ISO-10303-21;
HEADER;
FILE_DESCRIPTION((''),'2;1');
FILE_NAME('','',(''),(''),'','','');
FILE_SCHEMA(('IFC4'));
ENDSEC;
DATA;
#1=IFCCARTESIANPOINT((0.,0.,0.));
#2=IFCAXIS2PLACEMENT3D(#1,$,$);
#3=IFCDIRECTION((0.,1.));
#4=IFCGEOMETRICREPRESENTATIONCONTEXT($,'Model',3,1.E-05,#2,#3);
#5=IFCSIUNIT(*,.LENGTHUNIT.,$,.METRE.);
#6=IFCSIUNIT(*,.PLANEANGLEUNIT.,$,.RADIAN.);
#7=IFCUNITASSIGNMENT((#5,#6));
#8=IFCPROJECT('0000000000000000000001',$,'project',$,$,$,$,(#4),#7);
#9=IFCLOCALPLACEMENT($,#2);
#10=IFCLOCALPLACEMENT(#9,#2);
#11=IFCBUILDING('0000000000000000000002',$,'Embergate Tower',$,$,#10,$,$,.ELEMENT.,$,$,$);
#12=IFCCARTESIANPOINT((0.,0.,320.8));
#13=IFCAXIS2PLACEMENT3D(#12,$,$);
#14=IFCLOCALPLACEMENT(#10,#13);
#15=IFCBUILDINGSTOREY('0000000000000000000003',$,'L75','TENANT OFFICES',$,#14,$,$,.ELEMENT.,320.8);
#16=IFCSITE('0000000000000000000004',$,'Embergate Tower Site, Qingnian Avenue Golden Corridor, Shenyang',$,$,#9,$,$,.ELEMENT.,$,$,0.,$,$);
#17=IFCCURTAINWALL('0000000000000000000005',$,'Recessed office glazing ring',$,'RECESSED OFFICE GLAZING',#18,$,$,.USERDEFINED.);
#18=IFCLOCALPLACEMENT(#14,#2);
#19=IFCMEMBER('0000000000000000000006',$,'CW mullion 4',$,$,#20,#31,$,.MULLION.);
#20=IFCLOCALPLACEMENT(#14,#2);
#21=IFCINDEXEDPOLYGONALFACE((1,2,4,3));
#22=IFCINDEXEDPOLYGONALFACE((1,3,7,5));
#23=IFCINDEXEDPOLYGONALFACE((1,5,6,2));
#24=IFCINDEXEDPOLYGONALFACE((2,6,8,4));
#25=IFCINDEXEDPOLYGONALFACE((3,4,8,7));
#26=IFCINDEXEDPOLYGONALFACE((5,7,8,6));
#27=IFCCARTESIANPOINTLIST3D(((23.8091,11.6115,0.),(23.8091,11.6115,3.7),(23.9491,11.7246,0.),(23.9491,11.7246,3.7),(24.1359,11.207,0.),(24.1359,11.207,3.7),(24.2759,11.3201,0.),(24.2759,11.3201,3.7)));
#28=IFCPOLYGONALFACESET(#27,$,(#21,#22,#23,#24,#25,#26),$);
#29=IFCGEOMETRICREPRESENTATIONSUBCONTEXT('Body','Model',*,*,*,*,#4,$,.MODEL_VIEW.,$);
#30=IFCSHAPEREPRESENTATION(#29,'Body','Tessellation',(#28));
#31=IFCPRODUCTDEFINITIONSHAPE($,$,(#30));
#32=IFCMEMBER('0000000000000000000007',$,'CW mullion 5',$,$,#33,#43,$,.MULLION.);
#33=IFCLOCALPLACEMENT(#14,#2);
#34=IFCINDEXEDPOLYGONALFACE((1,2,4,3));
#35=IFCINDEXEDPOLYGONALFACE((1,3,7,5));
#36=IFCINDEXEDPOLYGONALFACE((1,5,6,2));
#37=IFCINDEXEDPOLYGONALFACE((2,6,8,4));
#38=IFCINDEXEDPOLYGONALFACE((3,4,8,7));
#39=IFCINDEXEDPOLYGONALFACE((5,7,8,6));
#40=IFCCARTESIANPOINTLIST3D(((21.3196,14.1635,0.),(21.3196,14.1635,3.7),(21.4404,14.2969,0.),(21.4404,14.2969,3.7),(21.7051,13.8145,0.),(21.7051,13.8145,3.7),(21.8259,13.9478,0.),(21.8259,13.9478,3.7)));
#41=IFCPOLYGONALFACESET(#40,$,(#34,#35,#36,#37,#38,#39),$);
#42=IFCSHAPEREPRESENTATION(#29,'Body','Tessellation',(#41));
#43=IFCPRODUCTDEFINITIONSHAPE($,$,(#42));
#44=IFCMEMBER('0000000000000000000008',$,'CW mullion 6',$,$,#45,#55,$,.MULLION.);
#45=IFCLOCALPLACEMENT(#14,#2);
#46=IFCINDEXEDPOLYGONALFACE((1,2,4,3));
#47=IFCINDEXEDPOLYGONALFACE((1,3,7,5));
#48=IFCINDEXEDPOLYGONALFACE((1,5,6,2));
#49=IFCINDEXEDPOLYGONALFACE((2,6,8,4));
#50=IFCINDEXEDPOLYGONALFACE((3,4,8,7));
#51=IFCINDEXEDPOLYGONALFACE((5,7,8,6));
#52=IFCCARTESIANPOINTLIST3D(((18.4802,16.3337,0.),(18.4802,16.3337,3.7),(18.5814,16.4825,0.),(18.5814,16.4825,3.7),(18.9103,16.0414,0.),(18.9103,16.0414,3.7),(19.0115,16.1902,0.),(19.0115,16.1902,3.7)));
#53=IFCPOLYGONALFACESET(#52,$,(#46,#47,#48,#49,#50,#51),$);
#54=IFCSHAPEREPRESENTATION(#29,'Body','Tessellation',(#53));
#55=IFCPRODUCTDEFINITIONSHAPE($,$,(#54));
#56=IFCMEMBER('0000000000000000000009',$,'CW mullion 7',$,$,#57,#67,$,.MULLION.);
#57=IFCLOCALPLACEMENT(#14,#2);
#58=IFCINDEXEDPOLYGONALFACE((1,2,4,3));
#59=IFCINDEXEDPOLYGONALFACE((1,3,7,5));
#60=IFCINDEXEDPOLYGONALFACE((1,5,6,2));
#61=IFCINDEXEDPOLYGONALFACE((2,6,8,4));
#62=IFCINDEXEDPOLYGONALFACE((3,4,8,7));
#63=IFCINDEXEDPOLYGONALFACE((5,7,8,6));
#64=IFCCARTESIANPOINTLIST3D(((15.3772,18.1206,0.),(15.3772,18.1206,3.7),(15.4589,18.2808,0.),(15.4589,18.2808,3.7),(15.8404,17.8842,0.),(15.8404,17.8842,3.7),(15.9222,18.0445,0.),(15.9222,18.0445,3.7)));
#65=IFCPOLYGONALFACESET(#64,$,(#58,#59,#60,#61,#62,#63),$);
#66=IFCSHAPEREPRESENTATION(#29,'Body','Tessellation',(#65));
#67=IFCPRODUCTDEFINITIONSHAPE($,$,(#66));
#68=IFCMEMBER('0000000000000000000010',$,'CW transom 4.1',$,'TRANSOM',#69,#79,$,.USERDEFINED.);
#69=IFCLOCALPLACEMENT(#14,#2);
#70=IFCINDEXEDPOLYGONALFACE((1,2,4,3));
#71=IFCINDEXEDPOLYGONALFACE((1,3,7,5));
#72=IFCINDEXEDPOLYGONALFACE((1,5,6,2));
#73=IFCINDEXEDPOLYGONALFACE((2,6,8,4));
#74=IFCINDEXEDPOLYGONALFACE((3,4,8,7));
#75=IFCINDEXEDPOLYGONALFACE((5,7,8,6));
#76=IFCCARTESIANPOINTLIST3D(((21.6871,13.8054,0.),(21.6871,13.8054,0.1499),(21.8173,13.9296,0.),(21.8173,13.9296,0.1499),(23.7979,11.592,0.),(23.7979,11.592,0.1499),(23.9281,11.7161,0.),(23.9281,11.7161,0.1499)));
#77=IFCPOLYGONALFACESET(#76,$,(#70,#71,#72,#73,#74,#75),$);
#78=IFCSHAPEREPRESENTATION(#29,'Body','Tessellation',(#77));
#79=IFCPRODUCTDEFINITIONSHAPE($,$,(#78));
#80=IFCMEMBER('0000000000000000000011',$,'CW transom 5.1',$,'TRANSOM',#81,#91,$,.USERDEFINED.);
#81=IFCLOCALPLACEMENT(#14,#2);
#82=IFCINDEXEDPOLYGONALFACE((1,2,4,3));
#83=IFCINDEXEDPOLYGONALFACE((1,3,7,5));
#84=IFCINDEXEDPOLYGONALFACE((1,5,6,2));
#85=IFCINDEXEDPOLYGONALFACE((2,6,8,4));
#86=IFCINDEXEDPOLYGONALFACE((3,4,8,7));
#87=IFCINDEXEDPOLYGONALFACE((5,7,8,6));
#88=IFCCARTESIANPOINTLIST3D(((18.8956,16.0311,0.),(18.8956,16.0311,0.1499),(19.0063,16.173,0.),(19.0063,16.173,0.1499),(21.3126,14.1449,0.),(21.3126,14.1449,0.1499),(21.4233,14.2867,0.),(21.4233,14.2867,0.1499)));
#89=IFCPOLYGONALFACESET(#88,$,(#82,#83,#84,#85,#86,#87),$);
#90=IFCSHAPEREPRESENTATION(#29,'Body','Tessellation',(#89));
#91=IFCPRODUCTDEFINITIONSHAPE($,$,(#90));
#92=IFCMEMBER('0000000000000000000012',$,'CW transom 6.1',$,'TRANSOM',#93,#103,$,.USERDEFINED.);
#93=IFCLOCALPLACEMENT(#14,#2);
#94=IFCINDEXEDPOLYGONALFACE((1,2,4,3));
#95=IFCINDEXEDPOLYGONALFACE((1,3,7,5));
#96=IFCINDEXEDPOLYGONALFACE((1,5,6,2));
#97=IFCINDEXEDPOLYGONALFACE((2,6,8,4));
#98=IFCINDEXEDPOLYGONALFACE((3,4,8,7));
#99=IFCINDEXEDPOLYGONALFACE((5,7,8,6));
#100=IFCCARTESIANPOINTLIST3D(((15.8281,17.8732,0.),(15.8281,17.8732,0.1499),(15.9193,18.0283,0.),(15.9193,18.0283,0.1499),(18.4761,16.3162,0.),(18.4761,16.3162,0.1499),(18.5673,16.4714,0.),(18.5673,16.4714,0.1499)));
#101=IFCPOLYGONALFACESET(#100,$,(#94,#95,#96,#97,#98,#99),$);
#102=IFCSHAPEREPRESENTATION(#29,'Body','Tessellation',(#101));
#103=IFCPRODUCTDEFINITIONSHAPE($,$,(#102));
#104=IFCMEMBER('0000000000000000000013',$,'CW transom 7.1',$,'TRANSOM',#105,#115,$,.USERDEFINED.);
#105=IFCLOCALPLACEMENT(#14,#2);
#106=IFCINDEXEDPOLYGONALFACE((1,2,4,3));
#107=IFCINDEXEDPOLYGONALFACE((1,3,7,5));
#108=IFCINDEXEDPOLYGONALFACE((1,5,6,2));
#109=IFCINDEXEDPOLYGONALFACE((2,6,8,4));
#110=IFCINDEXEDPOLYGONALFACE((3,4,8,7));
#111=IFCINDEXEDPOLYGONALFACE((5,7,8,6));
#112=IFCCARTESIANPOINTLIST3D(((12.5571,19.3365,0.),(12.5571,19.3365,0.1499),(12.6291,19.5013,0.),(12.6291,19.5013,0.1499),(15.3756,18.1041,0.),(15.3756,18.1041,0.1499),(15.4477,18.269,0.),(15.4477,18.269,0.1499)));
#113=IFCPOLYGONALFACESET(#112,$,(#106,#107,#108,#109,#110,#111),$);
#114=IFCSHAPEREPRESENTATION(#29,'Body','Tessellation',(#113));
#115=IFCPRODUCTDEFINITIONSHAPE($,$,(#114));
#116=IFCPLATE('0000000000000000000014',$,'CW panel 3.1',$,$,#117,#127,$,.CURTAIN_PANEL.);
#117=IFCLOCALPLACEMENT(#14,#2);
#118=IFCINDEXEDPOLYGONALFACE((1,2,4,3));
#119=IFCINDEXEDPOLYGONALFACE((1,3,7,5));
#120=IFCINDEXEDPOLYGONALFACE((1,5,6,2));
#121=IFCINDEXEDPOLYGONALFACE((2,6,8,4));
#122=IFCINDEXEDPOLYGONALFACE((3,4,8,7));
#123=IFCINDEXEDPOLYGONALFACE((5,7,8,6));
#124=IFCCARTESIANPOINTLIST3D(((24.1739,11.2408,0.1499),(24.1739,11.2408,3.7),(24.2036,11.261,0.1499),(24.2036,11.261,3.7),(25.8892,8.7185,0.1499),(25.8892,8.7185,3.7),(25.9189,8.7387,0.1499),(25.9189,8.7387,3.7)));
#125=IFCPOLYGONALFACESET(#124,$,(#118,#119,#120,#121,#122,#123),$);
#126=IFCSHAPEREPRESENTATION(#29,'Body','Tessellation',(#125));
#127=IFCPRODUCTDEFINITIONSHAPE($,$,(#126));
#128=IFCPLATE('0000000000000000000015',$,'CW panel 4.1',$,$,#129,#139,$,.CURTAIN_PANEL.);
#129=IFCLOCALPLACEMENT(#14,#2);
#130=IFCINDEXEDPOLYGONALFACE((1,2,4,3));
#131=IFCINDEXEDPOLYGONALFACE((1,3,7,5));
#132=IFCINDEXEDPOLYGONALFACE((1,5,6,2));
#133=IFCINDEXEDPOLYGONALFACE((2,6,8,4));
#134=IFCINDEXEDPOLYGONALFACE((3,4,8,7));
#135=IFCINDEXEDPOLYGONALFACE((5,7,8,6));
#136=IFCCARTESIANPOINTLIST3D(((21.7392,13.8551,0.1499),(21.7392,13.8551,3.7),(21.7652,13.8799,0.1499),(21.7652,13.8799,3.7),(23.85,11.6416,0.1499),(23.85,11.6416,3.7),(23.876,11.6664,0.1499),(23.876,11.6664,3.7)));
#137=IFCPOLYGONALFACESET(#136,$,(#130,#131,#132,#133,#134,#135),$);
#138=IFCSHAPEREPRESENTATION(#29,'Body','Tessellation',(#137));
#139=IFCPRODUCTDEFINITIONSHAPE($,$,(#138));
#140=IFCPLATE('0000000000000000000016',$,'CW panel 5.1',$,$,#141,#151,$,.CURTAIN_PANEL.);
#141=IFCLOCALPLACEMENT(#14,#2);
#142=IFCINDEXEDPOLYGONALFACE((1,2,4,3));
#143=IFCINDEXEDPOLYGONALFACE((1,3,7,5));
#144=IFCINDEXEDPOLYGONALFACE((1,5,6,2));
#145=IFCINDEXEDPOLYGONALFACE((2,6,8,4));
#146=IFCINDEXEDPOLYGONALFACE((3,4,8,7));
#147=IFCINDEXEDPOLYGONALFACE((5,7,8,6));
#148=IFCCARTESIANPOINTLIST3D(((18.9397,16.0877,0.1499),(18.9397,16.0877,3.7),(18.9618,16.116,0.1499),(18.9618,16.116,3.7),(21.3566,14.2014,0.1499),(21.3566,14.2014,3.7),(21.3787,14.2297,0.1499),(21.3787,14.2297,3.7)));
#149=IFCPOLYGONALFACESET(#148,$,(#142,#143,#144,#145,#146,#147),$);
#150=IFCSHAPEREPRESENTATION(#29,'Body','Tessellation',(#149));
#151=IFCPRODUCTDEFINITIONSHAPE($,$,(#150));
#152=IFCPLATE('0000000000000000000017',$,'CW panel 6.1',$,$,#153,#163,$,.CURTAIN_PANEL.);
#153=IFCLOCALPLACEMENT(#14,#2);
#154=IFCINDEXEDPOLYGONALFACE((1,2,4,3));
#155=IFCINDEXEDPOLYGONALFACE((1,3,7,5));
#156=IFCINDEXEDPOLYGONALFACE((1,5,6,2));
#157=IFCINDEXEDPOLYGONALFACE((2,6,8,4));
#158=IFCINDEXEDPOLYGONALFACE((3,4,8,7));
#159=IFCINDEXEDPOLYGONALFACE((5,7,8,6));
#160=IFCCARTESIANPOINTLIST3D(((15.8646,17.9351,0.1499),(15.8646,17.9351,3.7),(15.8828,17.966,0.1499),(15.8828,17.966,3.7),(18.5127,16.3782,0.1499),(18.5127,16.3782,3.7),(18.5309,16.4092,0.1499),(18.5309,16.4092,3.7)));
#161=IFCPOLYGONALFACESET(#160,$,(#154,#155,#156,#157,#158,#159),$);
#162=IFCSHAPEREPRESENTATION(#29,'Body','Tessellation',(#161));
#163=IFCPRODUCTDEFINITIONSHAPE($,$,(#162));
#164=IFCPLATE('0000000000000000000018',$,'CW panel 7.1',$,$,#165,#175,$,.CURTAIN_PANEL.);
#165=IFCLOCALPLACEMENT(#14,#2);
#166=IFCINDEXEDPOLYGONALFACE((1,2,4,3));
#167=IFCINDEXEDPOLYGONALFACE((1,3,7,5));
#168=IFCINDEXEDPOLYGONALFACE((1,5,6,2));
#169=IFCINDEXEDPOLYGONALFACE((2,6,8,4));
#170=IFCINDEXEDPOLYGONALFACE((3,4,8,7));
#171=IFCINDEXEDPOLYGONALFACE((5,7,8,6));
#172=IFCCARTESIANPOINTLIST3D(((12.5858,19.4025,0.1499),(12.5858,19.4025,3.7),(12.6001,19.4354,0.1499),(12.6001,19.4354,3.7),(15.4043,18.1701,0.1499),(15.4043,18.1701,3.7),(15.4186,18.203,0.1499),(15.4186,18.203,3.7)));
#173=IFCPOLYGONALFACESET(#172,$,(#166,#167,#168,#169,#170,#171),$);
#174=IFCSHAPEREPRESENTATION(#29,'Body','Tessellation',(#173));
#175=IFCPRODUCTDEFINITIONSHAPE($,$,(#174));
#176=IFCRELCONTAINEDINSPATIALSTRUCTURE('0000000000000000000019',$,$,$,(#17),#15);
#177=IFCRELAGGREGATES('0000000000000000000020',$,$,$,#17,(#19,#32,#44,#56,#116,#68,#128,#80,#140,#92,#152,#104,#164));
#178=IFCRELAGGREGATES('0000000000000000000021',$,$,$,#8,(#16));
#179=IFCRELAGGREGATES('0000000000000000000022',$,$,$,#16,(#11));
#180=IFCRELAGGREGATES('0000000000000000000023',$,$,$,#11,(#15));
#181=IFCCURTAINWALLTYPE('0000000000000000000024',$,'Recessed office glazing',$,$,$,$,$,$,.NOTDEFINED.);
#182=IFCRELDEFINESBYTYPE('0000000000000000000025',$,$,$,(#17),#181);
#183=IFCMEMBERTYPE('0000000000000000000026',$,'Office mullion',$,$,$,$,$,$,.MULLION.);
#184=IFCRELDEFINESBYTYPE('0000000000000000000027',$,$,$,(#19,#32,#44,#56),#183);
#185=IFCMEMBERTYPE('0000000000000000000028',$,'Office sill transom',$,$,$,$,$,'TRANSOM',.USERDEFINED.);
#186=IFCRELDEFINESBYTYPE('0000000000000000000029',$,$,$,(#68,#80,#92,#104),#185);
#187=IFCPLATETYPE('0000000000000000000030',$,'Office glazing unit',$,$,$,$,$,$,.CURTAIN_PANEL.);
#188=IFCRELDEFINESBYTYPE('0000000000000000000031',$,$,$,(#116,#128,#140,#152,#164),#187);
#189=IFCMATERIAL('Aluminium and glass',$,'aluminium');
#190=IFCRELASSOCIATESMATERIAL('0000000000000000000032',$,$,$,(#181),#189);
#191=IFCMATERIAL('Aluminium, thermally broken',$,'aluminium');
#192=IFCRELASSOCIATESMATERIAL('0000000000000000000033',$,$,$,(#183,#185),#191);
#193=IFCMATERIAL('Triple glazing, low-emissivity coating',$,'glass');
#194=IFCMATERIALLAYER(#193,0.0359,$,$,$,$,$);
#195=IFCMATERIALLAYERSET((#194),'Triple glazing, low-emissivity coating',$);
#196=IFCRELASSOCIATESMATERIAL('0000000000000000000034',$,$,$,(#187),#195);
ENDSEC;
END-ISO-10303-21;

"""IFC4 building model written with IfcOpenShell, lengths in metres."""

from ifc_helpers import new_model, si_unit, direction, frame, origin, origin_2d, place, context, subcontext, project, spatial, rectangle, extrude, source, transform, mapped, material, layer, layer_set, material_profile, profile_set, type_object, element, aggregate, save


model = new_model("IFC4")

# Units and contexts
model_context = context("Model", 3, precision=1e-05, world=origin(), true_north=direction((0.0, 1.0)))
body_context = subcontext(model_context, "Body", "Model", "MODEL_VIEW")
ifc_project = project(units=[si_unit("LENGTHUNIT", "METRE"), si_unit("PLANEANGLEUNIT", "RADIAN")], contexts=[model_context])

# Site, building, storey
site_placement = place(None, origin())
site = spatial("IfcSite", under=ifc_project, at=site_placement, Name="Embergate Tower Site, Qingnian Avenue Golden Corridor, Shenyang", CompositionType="ELEMENT", RefElevation=0.0)
building_placement = place(site_placement, origin())
building = spatial("IfcBuilding", under=site, at=building_placement, Name="Embergate Tower", CompositionType="ELEMENT")
storey_placement = place(building_placement, frame((0.0, 0.0, 320.8)))
storey = spatial("IfcBuildingStorey", under=building, at=storey_placement, Name="L75", Description="TENANT OFFICES", CompositionType="ELEMENT", Elevation=320.8)

# Curtain wall, members, plates
ifc_material_1 = material(Name="Aluminium and glass", Category="aluminium")
curtain_wall_type = type_object("IfcCurtainWallType", Name="Recessed office glazing", PredefinedType="NOTDEFINED", material=ifc_material_1)
curtain_wall_placement = place(storey_placement, origin())
curtain_wall = element("IfcCurtainWall", 1, at=curtain_wall_placement, inside=storey, type_object=curtain_wall_type, Name="Recessed office glazing ring", ObjectType="RECESSED OFFICE GLAZING", PredefinedType="USERDEFINED")
ifc_material_2 = material(Name="Aluminium, thermally broken", Category="aluminium")
ifc_material_profile_1 = material_profile(ifc_material_2, rectangle(XDim=0.1799, YDim=0.52, at=origin_2d()), Name="AL 520x180")
ifc_profile_set_1 = profile_set([ifc_material_profile_1], Name="Aluminium, thermally broken")
member_type_1 = type_object("IfcMemberType", Name="Office mullion", PredefinedType="MULLION", material=ifc_profile_set_1)
shared_shape_1 = source(origin(), body_context, "Body", "SweptSolid", [
    extrude(rectangle(XDim=0.1799, YDim=0.52, at=origin_2d()), origin(), (0.0, 0.0, 1.0), 3.7),
])
member_1_placement = place(storey_placement, frame((24.0425, 11.4658, 0.0), z_axis=(0.0, 0.0, 1.0), x_axis=(-0.777862, -0.628436, 0.0)))
member_1 = element("IfcMember", 2, at=member_1_placement, type_object=member_type_1, Name="CW mullion 4", PredefinedType="MULLION", context=body_context, shape_type="MappedRepresentation", body=[
    mapped(shared_shape_1, transform((0.0, 0.0, 0.0))),
])
member_2_placement = place(storey_placement, frame((21.5728, 14.0557, 0.0), z_axis=(0.0, 0.0, 1.0), x_axis=(-0.671217, -0.74126, 0.0)))
member_2 = element("IfcMember", 3, at=member_2_placement, type_object=member_type_1, Name="CW mullion 5", PredefinedType="MULLION", context=body_context, shape_type="MappedRepresentation", body=[
    mapped(shared_shape_1, transform((0.0, 0.0, 0.0))),
])
member_3_placement = place(storey_placement, frame((18.7458, 16.262, 0.0), z_axis=(0.0, 0.0, 1.0), x_axis=(-0.56221, -0.826994, 0.0)))
member_3 = element("IfcMember", 4, at=member_3_placement, type_object=member_type_1, Name="CW mullion 6", PredefinedType="MULLION", context=body_context, shape_type="MappedRepresentation", body=[
    mapped(shared_shape_1, transform((0.0, 0.0, 0.0))),
])
member_4_placement = place(storey_placement, frame((15.6497, 18.0825, 0.0), z_axis=(0.0, 0.0, 1.0), x_axis=(-0.454508, -0.890743, 0.0)))
member_4 = element("IfcMember", 5, at=member_4_placement, type_object=member_type_1, Name="CW mullion 7", PredefinedType="MULLION", context=body_context, shape_type="MappedRepresentation", body=[
    mapped(shared_shape_1, transform((0.0, 0.0, 0.0))),
])
ifc_material_profile_2 = material_profile(ifc_material_2, rectangle(XDim=0.1799, YDim=0.1499, at=origin_2d()), Name="AL 150x180")
ifc_profile_set_2 = profile_set([ifc_material_profile_2], Name="Aluminium, thermally broken")
member_type_2 = type_object("IfcMemberType", Name="Office sill transom", ElementType="TRANSOM", PredefinedType="USERDEFINED", material=ifc_profile_set_2)
shared_shape_2 = source(origin(), body_context, "Body", "SweptSolid", [
    extrude(rectangle(XDim=0.1799, YDim=0.1499, at=origin_2d()), origin(), (0.0, 0.0, 1.0), 3.0586),
])
member_5_placement = place(storey_placement, frame((23.863, 11.6541, 0.075), z_axis=(-0.690145, 0.723671, 0.0), x_axis=(-0.723671, -0.690145, 0.0)))
member_5 = element("IfcMember", 6, at=member_5_placement, type_object=member_type_2, Name="CW transom 4.1", ObjectType="TRANSOM", PredefinedType="USERDEFINED", context=body_context, shape_type="MappedRepresentation", body=[
    mapped(shared_shape_2, transform((0.0, 0.0, 0.0))),
])
shared_shape_3 = source(origin(), body_context, "Body", "SweptSolid", [
    extrude(rectangle(XDim=0.1799, YDim=0.1499, at=origin_2d()), origin(), (0.0, 0.0, 1.0), 3.0659),
])
member_6_placement = place(storey_placement, frame((21.3679, 14.2158, 0.075), z_axis=(-0.788348, 0.61523, 0.0), x_axis=(-0.61523, -0.788348, 0.0)))
member_6 = element("IfcMember", 7, at=member_6_placement, type_object=member_type_2, Name="CW transom 5.1", ObjectType="TRANSOM", PredefinedType="USERDEFINED", context=body_context, shape_type="MappedRepresentation", body=[
    mapped(shared_shape_3, transform((0.0, 0.0, 0.0))),
])
shared_shape_4 = source(origin(), body_context, "Body", "SweptSolid", [
    extrude(rectangle(XDim=0.1799, YDim=0.1499, at=origin_2d()), origin(), (0.0, 0.0, 1.0), 3.0718),
])
member_7_placement = place(storey_placement, frame((18.5217, 16.3938, 0.075), z_axis=(-0.862038, 0.506843, 0.0), x_axis=(-0.506843, -0.862038, 0.0)))
member_7 = element("IfcMember", 8, at=member_7_placement, type_object=member_type_2, Name="CW transom 6.1", ObjectType="TRANSOM", PredefinedType="USERDEFINED", context=body_context, shape_type="MappedRepresentation", body=[
    mapped(shared_shape_4, transform((0.0, 0.0, 0.0))),
])
shared_shape_5 = source(origin(), body_context, "Body", "SweptSolid", [
    extrude(rectangle(XDim=0.1799, YDim=0.1499, at=origin_2d()), origin(), (0.0, 0.0, 1.0), 3.0762),
])
member_8_placement = place(storey_placement, frame((15.4116, 18.1865, 0.075), z_axis=(-0.916243, 0.400623, 0.0), x_axis=(-0.400623, -0.916243, 0.0)))
member_8 = element("IfcMember", 9, at=member_8_placement, type_object=member_type_2, Name="CW transom 7.1", ObjectType="TRANSOM", PredefinedType="USERDEFINED", context=body_context, shape_type="MappedRepresentation", body=[
    mapped(shared_shape_5, transform((0.0, 0.0, 0.0))),
])
ifc_material_3 = material(Name="Triple glazing, low-emissivity coating", Category="glass")
ifc_layer_1 = layer(ifc_material_3, 0.0359)
ifc_layer_set_1 = layer_set([ifc_layer_1], Name="Triple glazing, low-emissivity coating")
plate_type = type_object("IfcPlateType", Name="Office glazing unit", PredefinedType="CURTAIN_PANEL", material=ifc_layer_set_1)
shared_shape_6 = source(origin(), body_context, "Body", "SweptSolid", [
    extrude(rectangle(XDim=3.0503, YDim=0.0359, at=origin_2d()), origin(), (0.0, 0.0, 1.0), 3.55),
])
plate_1_placement = place(storey_placement, frame((25.0464, 9.9897, 0.1499), z_axis=(0.0, 0.0, 1.0), x_axis=(-0.562342, 0.826905, 0.0)))
plate_1 = element("IfcPlate", 10, at=plate_1_placement, type_object=plate_type, Name="CW panel 3.1", PredefinedType="CURTAIN_PANEL", context=body_context, shape_type="MappedRepresentation", body=[
    mapped(shared_shape_6, transform((0.0, 0.0, 0.0))),
])
shared_shape_7 = source(origin(), body_context, "Body", "SweptSolid", [
    extrude(rectangle(XDim=3.0586, YDim=0.0359, at=origin_2d()), origin(), (0.0, 0.0, 1.0), 3.55),
])
plate_2_placement = place(storey_placement, frame((22.8076, 12.7607, 0.1499), z_axis=(0.0, 0.0, 1.0), x_axis=(-0.690133, 0.723683, 0.0)))
plate_2 = element("IfcPlate", 11, at=plate_2_placement, type_object=plate_type, Name="CW panel 4.1", PredefinedType="CURTAIN_PANEL", context=body_context, shape_type="MappedRepresentation", body=[
    mapped(shared_shape_7, transform((0.0, 0.0, 0.0))),
])
shared_shape_8 = source(origin(), body_context, "Body", "SweptSolid", [
    extrude(rectangle(XDim=3.0659, YDim=0.0359, at=origin_2d()), origin(), (0.0, 0.0, 1.0), 3.55),
])
plate_3_placement = place(storey_placement, frame((20.1592, 15.1587, 0.1499), z_axis=(0.0, 0.0, 1.0), x_axis=(-0.788318, 0.615268, 0.0)))
plate_3 = element("IfcPlate", 12, at=plate_3_placement, type_object=plate_type, Name="CW panel 5.1", PredefinedType="CURTAIN_PANEL", context=body_context, shape_type="MappedRepresentation", body=[
    mapped(shared_shape_8, transform((0.0, 0.0, 0.0))),
])
shared_shape_9 = source(origin(), body_context, "Body", "SweptSolid", [
    extrude(rectangle(XDim=3.0718, YDim=0.0359, at=origin_2d()), origin(), (0.0, 0.0, 1.0), 3.55),
])
plate_4_placement = place(storey_placement, frame((17.1978, 17.1721, 0.1499), z_axis=(0.0, 0.0, 1.0), x_axis=(-0.862051, 0.506822, 0.0)))
plate_4 = element("IfcPlate", 13, at=plate_4_placement, type_object=plate_type, Name="CW panel 6.1", PredefinedType="CURTAIN_PANEL", context=body_context, shape_type="MappedRepresentation", body=[
    mapped(shared_shape_9, transform((0.0, 0.0, 0.0))),
])
shared_shape_10 = source(origin(), body_context, "Body", "SweptSolid", [
    extrude(rectangle(XDim=3.0762, YDim=0.0359, at=origin_2d()), origin(), (0.0, 0.0, 1.0), 3.55),
])
plate_5_placement = place(storey_placement, frame((14.0022, 18.8027, 0.1499), z_axis=(0.0, 0.0, 1.0), x_axis=(-0.916234, 0.400643, 0.0)))
plate_5 = element("IfcPlate", 14, at=plate_5_placement, type_object=plate_type, Name="CW panel 7.1", PredefinedType="CURTAIN_PANEL", context=body_context, shape_type="MappedRepresentation", body=[
    mapped(shared_shape_10, transform((0.0, 0.0, 0.0))),
])
aggregate(curtain_wall, [member_1, member_2, member_3, member_4, plate_1, member_5, plate_2, member_6, plate_3, member_7, plate_4, member_8, plate_5])

save(model, "model.ifc")
